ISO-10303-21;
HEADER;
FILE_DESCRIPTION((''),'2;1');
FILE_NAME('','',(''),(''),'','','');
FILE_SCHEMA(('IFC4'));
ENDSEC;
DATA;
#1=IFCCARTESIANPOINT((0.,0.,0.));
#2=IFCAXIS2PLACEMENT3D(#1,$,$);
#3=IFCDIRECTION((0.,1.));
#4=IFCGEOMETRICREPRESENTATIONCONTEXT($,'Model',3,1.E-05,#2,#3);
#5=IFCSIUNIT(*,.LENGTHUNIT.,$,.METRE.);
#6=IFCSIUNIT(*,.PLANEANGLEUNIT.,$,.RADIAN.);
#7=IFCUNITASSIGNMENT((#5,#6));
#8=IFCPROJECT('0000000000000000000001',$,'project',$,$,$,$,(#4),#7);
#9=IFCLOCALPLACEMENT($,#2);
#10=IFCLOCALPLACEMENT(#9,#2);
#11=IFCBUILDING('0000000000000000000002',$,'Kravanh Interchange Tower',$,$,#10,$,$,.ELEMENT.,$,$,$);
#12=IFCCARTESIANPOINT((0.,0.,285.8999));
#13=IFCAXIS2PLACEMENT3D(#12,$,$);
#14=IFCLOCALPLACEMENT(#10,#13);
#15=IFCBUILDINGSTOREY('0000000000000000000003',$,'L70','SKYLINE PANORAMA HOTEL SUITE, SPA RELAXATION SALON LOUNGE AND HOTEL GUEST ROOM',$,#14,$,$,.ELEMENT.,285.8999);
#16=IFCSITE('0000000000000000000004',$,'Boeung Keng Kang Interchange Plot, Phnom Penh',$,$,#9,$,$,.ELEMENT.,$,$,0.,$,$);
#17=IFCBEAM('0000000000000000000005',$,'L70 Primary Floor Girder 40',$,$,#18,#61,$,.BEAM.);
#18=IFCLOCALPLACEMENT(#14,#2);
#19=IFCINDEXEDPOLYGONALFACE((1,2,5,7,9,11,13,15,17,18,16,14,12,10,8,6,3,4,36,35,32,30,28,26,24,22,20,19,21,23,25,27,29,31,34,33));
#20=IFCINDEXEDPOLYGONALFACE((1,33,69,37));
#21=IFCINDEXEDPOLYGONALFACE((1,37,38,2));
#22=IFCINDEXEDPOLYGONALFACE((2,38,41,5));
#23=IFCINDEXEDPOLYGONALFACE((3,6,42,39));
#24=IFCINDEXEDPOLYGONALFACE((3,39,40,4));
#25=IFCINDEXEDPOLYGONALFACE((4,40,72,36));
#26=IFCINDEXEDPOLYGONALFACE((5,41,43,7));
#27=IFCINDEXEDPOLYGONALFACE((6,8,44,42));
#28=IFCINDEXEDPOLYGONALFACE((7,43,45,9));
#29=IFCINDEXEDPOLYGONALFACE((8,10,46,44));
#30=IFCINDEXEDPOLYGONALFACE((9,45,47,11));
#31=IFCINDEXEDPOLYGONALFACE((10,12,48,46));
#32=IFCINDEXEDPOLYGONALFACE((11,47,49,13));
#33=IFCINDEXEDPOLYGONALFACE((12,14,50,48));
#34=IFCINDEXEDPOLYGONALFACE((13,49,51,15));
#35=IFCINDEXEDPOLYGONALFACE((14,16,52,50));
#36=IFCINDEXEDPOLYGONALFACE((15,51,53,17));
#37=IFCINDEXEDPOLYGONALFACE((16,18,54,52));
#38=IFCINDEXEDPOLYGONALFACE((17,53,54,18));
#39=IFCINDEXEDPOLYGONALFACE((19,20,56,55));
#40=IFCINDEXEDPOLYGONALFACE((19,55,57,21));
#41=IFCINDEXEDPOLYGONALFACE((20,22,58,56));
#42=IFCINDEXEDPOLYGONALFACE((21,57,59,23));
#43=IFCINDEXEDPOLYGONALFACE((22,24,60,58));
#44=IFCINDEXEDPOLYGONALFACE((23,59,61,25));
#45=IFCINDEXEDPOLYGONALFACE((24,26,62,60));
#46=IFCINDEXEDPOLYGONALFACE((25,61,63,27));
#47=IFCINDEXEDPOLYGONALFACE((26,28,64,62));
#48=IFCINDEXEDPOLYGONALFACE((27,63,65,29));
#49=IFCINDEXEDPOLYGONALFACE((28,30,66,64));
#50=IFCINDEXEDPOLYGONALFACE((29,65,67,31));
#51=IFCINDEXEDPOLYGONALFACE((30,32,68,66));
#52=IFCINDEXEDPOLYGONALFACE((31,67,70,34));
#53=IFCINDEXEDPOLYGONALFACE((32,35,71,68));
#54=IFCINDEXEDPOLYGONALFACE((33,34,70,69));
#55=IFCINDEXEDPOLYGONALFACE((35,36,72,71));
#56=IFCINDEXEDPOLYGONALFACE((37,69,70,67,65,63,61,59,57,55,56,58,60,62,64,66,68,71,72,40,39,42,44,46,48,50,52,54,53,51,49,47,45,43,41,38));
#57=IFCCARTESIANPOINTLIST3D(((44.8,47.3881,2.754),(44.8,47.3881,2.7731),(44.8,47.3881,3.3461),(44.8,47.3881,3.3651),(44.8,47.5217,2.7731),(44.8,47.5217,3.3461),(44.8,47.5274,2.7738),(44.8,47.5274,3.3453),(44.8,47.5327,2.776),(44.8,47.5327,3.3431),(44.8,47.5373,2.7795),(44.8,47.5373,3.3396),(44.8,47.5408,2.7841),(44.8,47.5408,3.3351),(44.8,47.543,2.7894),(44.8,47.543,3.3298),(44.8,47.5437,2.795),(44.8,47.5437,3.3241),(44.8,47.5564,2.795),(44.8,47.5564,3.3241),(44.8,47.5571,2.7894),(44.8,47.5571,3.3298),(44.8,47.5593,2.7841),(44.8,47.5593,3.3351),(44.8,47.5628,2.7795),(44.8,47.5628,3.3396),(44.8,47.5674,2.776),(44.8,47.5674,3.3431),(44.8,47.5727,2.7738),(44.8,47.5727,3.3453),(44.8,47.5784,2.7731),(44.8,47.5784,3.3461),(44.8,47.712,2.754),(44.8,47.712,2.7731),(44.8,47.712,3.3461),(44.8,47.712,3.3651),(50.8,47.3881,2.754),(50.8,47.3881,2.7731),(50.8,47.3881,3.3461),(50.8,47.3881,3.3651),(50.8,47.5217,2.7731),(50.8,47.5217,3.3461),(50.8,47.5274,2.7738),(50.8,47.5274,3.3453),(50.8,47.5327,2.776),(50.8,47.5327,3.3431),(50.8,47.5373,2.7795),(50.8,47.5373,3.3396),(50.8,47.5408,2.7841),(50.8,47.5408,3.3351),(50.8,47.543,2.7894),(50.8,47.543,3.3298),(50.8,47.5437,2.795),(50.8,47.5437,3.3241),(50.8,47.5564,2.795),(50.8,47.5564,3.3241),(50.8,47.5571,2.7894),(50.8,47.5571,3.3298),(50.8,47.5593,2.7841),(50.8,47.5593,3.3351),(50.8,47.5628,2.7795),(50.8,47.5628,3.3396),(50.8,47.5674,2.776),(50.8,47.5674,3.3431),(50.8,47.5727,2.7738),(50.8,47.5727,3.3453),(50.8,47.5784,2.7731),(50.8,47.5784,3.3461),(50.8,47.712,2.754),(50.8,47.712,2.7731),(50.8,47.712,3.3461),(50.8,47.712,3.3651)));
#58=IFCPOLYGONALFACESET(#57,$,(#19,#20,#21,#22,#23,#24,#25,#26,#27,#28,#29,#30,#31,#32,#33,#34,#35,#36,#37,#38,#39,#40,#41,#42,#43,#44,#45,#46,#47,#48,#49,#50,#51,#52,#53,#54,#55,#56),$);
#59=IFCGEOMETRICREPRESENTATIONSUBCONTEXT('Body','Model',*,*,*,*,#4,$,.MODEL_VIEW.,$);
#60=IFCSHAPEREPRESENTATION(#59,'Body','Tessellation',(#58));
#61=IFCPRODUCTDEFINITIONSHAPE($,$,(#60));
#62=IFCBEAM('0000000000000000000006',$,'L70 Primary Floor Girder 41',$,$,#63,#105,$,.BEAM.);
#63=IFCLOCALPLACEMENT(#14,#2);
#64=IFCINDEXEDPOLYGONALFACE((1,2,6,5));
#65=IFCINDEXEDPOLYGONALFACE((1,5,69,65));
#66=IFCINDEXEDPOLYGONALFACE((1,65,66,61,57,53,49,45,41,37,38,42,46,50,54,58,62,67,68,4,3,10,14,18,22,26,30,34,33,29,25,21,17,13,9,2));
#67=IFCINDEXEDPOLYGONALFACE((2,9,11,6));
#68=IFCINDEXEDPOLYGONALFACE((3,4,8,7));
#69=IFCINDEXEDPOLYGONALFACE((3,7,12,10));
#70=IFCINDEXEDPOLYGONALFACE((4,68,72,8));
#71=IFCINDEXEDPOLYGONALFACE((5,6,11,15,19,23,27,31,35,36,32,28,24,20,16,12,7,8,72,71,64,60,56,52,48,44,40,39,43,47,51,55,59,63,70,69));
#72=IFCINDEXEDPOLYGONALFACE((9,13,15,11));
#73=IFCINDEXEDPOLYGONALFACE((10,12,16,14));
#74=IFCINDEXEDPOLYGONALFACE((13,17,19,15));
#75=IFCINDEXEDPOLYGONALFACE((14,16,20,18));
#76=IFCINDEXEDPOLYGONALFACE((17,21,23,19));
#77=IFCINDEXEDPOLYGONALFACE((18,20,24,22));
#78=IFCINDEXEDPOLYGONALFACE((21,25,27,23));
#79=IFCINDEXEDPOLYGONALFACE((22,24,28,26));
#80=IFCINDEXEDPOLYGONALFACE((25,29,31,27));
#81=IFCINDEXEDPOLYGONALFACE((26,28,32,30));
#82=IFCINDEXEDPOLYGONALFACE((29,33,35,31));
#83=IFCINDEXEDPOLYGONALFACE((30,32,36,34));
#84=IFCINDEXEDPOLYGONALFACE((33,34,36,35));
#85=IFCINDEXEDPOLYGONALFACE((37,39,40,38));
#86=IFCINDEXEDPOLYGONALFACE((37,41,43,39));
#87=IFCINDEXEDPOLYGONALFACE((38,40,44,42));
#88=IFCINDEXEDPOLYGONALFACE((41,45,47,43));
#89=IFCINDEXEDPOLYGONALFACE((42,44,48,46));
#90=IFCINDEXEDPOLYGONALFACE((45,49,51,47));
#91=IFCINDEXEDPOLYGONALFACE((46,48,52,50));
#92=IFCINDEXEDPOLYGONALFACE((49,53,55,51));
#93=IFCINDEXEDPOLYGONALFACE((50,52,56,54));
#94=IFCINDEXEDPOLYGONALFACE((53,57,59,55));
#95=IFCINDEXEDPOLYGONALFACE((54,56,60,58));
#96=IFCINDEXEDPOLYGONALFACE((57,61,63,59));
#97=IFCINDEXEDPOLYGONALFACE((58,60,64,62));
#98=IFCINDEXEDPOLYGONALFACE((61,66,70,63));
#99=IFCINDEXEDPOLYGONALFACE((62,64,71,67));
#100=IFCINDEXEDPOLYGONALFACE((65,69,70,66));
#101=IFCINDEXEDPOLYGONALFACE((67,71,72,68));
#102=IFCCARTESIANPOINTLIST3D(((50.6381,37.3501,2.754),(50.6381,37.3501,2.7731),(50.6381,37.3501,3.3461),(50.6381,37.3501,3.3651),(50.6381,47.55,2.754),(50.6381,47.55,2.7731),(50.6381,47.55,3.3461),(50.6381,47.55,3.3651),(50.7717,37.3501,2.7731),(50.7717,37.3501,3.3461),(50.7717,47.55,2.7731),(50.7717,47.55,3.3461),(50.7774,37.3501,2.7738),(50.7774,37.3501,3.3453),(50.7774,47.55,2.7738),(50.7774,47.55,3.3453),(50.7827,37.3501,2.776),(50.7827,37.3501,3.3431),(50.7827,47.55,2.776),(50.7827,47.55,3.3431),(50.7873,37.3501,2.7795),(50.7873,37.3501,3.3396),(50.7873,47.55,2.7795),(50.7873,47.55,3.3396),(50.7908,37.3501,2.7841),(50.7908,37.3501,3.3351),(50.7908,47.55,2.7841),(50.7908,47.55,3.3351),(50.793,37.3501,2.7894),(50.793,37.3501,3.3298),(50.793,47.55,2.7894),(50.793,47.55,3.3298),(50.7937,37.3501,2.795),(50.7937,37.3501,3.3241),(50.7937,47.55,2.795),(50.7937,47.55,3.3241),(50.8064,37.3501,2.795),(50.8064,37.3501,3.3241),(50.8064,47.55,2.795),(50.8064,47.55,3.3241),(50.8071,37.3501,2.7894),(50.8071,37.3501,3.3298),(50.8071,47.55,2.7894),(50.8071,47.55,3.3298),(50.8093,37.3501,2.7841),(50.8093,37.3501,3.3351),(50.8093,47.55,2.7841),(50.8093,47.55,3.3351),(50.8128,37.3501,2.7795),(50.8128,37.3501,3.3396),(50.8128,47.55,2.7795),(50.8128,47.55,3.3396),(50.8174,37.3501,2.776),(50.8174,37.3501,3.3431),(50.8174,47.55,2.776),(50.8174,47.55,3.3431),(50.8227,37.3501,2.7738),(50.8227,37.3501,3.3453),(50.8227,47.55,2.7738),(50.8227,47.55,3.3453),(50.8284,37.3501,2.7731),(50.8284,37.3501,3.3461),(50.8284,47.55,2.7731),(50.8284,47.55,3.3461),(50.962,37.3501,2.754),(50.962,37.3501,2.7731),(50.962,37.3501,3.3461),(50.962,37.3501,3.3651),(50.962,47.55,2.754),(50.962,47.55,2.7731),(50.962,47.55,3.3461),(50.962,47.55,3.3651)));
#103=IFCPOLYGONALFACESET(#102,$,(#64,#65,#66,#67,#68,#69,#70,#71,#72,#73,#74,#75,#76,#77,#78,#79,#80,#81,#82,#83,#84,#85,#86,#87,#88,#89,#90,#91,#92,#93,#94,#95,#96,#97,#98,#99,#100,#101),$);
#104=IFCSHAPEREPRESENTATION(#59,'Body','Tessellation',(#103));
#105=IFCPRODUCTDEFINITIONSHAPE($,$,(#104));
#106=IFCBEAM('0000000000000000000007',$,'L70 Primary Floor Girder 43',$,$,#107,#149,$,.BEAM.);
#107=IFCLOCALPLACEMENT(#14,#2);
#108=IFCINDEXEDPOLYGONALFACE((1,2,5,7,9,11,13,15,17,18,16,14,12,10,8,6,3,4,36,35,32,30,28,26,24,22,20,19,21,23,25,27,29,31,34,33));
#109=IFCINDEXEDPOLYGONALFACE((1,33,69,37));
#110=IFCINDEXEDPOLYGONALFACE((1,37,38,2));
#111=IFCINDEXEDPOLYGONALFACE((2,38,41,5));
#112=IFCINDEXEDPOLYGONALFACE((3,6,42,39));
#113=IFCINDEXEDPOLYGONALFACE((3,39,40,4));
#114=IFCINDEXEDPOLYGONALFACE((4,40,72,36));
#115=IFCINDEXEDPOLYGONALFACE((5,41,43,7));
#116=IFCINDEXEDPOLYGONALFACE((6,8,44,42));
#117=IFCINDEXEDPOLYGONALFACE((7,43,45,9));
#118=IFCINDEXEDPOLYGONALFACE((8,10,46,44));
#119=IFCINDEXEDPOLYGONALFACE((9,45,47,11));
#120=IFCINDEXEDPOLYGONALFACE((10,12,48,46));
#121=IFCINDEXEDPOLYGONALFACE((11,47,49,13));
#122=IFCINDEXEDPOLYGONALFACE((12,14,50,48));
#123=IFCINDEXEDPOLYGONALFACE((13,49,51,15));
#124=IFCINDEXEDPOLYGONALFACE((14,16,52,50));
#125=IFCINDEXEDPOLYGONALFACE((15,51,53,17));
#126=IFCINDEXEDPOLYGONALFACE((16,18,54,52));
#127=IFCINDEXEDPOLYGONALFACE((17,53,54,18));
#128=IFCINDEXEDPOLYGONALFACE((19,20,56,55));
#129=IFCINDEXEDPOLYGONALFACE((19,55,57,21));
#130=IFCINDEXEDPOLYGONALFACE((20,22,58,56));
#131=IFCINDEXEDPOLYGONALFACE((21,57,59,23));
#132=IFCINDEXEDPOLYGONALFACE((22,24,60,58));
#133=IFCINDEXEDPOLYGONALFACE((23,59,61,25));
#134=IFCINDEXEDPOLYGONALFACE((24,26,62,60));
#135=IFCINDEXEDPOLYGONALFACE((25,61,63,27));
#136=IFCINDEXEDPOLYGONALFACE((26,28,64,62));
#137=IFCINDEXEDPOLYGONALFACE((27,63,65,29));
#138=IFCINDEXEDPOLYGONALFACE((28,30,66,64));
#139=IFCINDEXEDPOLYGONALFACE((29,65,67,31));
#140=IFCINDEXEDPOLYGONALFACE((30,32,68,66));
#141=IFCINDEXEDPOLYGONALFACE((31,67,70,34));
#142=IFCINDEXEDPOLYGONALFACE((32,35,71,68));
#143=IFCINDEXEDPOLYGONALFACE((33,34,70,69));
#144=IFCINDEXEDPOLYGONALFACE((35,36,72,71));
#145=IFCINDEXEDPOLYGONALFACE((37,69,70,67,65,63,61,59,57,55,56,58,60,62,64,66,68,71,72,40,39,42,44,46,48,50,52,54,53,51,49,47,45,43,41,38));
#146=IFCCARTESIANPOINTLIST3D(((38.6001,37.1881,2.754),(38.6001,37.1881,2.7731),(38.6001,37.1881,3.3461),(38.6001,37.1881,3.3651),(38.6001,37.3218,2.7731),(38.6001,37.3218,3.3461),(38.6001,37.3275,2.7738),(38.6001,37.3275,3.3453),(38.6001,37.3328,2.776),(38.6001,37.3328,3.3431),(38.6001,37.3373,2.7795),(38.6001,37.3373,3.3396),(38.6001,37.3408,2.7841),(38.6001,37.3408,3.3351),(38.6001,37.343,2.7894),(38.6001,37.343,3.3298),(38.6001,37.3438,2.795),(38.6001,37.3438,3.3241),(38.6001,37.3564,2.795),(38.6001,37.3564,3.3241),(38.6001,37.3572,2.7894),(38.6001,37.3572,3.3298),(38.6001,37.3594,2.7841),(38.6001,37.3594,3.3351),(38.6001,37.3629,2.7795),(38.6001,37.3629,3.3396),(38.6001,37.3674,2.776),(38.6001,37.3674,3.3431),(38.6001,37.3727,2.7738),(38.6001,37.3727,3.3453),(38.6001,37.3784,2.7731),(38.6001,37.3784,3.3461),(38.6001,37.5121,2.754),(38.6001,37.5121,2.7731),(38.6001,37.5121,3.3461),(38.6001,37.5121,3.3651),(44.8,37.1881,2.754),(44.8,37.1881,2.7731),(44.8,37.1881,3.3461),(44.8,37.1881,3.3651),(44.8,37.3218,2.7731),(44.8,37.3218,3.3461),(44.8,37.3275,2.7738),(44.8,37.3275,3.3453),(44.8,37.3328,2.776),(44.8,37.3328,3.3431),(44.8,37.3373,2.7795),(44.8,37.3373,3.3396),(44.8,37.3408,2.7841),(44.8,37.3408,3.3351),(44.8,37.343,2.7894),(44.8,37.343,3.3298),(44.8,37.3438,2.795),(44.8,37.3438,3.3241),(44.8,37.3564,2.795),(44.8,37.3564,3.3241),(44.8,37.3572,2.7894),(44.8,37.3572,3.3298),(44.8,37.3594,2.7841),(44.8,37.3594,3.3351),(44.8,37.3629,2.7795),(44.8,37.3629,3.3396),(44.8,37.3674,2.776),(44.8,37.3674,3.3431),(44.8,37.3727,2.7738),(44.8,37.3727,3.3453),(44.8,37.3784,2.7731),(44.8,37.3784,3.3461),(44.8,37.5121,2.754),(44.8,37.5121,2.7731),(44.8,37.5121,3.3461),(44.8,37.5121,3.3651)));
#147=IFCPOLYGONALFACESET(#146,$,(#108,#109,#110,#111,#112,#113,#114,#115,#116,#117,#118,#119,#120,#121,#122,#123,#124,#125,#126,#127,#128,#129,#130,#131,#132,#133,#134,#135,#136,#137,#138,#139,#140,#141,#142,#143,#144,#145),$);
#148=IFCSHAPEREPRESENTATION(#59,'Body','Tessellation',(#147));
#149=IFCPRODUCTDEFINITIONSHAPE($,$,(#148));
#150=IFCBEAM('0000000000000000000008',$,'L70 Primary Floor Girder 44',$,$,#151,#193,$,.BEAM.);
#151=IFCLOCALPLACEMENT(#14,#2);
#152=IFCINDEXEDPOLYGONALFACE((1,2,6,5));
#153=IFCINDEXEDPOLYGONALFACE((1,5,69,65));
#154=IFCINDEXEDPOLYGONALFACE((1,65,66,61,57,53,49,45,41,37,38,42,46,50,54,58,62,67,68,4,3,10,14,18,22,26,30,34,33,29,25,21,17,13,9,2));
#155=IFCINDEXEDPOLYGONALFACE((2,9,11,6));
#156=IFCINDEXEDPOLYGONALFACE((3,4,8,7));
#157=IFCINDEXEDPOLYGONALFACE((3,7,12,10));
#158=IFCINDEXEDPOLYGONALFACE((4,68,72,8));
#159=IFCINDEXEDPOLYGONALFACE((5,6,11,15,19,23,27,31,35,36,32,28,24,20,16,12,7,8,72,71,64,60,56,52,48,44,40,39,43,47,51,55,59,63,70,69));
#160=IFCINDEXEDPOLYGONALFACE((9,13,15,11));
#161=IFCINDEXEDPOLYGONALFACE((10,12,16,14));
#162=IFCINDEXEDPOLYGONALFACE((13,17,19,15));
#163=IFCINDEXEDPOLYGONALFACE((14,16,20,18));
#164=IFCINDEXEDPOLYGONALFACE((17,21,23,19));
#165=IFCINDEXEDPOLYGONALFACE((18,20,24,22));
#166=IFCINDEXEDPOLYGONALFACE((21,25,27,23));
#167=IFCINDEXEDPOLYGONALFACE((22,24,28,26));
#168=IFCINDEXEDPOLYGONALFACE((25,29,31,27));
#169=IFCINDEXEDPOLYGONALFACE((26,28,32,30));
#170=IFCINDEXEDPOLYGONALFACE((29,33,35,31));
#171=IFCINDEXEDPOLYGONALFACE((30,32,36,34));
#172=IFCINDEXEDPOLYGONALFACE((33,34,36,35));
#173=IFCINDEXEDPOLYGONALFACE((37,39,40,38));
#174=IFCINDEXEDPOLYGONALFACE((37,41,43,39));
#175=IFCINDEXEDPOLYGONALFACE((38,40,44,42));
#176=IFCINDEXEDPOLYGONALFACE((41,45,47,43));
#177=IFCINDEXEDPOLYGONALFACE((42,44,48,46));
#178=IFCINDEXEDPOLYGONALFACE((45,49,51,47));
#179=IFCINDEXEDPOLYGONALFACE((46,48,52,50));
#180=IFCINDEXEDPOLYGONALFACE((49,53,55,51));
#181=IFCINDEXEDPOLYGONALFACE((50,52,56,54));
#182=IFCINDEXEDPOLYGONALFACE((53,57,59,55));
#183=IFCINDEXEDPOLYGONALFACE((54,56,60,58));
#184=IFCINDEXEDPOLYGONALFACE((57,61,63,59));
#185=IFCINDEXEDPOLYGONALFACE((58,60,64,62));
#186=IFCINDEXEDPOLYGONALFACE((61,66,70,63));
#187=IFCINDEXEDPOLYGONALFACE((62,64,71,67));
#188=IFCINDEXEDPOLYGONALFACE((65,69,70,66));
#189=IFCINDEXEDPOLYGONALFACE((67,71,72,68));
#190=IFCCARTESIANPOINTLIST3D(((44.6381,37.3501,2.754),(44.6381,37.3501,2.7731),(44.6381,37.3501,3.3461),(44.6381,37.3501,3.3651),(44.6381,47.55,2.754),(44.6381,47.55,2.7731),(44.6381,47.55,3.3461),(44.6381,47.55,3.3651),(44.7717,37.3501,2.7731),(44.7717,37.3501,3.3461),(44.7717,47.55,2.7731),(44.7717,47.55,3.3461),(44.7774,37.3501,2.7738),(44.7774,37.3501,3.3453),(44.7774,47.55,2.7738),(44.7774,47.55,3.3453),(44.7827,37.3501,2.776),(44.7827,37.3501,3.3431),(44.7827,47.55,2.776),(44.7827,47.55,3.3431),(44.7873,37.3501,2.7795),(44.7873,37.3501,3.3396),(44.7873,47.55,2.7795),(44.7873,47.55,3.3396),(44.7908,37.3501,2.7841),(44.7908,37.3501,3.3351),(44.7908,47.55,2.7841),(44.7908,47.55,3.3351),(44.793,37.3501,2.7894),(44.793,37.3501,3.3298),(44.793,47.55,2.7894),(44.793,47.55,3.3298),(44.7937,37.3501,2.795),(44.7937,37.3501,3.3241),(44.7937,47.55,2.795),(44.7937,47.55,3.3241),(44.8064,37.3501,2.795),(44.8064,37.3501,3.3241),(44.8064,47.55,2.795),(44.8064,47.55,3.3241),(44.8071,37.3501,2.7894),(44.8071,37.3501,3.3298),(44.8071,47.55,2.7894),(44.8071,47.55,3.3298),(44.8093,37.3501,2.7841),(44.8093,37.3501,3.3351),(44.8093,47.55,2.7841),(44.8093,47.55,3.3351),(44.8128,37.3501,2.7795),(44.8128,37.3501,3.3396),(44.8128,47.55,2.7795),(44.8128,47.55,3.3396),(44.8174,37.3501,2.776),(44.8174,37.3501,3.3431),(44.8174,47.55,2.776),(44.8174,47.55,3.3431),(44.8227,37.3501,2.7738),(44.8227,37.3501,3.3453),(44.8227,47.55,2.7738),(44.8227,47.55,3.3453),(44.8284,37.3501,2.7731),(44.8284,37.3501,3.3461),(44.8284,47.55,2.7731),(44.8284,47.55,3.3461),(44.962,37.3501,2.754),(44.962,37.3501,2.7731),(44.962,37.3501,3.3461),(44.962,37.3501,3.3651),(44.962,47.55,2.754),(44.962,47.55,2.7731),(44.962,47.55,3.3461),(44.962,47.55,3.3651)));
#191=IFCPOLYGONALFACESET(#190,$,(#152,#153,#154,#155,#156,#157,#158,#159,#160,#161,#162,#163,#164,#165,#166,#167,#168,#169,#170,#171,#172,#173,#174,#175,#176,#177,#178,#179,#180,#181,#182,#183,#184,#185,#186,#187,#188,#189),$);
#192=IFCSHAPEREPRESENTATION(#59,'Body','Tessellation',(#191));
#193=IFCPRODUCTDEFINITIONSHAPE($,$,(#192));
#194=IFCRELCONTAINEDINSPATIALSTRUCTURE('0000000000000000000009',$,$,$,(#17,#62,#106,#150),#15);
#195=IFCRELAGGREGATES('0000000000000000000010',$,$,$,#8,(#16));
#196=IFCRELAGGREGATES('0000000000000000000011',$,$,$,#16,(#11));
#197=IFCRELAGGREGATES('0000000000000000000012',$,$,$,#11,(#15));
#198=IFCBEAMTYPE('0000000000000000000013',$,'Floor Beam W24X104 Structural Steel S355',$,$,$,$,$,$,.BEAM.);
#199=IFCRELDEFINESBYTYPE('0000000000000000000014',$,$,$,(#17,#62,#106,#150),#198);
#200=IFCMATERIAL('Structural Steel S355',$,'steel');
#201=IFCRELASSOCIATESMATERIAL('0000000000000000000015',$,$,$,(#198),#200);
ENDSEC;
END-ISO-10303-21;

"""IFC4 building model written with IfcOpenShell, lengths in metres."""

from ifc_helpers import new_model, si_unit, direction, frame, origin, origin_2d, place, context, subcontext, project, spatial, i_section, extrude, material, material_profile, profile_set, type_object, element, save


model = new_model("IFC4")

# Units and contexts
model_context = context("Model", 3, precision=1e-05, world=origin(), true_north=direction((0.0, 1.0)))
body_context = subcontext(model_context, "Body", "Model", "MODEL_VIEW")
ifc_project = project(units=[si_unit("LENGTHUNIT", "METRE"), si_unit("PLANEANGLEUNIT", "RADIAN")], contexts=[model_context])

# Site, building, storey
site_placement = place(None, origin())
site = spatial("IfcSite", under=ifc_project, at=site_placement, Name="Boeung Keng Kang Interchange Plot, Phnom Penh", CompositionType="ELEMENT", RefElevation=0.0)
building_placement = place(site_placement, origin())
building = spatial("IfcBuilding", under=site, at=building_placement, Name="Kravanh Interchange Tower", CompositionType="ELEMENT")
storey_placement = place(building_placement, frame((0.0, 0.0, 285.8999)))
storey = spatial("IfcBuildingStorey", under=building, at=storey_placement, Name="L70", Description="SKYLINE PANORAMA HOTEL SUITE, SPA RELAXATION SALON LOUNGE AND HOTEL GUEST ROOM", CompositionType="ELEMENT", Elevation=285.8999)

# Beams
ifc_material_1 = material(Name="Structural Steel S355", Category="steel")
ifc_material_profile_1 = material_profile(ifc_material_1, i_section(OverallWidth=0.324, OverallDepth=0.6111, WebThickness=0.0127, FlangeThickness=0.019, FilletRadius=0.022, at=origin_2d()), Name="W24X104")
ifc_profile_set_1 = profile_set([ifc_material_profile_1], Name="Structural Steel S355")
beam_type_1 = type_object("IfcBeamType", Name="Floor Beam W24X104 Structural Steel S355", PredefinedType="BEAM", material=ifc_profile_set_1)
beam_1_placement = place(storey_placement, frame((50.8, 47.55, 3.0596), z_axis=(-1.0, 0.0, 0.0), x_axis=(0.0, -1.0, 0.0)))
element("IfcBeam", 1, at=beam_1_placement, inside=storey, type_object=beam_type_1, Name="L70 Primary Floor Girder 40", PredefinedType="BEAM", context=body_context, shape_type="SweptSolid", body=[
    extrude(i_section(OverallWidth=0.324, OverallDepth=0.6111, WebThickness=0.0127, FlangeThickness=0.019, FilletRadius=0.022, at=origin_2d()), origin(), (0.0, 0.0, 1.0), 6.0),
])
beam_2_placement = place(storey_placement, frame((50.8, 47.55, 3.0596), z_axis=(0.0, -1.0, 0.0), x_axis=(1.0, 0.0, 0.0)))
element("IfcBeam", 2, at=beam_2_placement, inside=storey, type_object=beam_type_1, Name="L70 Primary Floor Girder 41", PredefinedType="BEAM", context=body_context, shape_type="SweptSolid", body=[
    extrude(i_section(OverallWidth=0.324, OverallDepth=0.6111, WebThickness=0.0127, FlangeThickness=0.019, FilletRadius=0.022, at=origin_2d()), origin(), (0.0, 0.0, 1.0), 10.2),
])
beam_3_placement = place(storey_placement, frame((44.8, 37.3501, 3.0596), z_axis=(-1.0, 0.0, 0.0), x_axis=(0.0, -1.0, 0.0)))
element("IfcBeam", 3, at=beam_3_placement, inside=storey, type_object=beam_type_1, Name="L70 Primary Floor Girder 43", PredefinedType="BEAM", context=body_context, shape_type="SweptSolid", body=[
    extrude(i_section(OverallWidth=0.324, OverallDepth=0.6111, WebThickness=0.0127, FlangeThickness=0.019, FilletRadius=0.022, at=origin_2d()), origin(), (0.0, 0.0, 1.0), 6.2),
])
beam_4_placement = place(storey_placement, frame((44.8, 37.3501, 3.0596), z_axis=(0.0, 1.0, 0.0), x_axis=(-1.0, 0.0, 0.0)))
element("IfcBeam", 4, at=beam_4_placement, inside=storey, type_object=beam_type_1, Name="L70 Primary Floor Girder 44", PredefinedType="BEAM", context=body_context, shape_type="SweptSolid", body=[
    extrude(i_section(OverallWidth=0.324, OverallDepth=0.6111, WebThickness=0.0127, FlangeThickness=0.019, FilletRadius=0.022, at=origin_2d()), origin(), (0.0, 0.0, 1.0), 10.2),
])

save(model, "model.ifc")
